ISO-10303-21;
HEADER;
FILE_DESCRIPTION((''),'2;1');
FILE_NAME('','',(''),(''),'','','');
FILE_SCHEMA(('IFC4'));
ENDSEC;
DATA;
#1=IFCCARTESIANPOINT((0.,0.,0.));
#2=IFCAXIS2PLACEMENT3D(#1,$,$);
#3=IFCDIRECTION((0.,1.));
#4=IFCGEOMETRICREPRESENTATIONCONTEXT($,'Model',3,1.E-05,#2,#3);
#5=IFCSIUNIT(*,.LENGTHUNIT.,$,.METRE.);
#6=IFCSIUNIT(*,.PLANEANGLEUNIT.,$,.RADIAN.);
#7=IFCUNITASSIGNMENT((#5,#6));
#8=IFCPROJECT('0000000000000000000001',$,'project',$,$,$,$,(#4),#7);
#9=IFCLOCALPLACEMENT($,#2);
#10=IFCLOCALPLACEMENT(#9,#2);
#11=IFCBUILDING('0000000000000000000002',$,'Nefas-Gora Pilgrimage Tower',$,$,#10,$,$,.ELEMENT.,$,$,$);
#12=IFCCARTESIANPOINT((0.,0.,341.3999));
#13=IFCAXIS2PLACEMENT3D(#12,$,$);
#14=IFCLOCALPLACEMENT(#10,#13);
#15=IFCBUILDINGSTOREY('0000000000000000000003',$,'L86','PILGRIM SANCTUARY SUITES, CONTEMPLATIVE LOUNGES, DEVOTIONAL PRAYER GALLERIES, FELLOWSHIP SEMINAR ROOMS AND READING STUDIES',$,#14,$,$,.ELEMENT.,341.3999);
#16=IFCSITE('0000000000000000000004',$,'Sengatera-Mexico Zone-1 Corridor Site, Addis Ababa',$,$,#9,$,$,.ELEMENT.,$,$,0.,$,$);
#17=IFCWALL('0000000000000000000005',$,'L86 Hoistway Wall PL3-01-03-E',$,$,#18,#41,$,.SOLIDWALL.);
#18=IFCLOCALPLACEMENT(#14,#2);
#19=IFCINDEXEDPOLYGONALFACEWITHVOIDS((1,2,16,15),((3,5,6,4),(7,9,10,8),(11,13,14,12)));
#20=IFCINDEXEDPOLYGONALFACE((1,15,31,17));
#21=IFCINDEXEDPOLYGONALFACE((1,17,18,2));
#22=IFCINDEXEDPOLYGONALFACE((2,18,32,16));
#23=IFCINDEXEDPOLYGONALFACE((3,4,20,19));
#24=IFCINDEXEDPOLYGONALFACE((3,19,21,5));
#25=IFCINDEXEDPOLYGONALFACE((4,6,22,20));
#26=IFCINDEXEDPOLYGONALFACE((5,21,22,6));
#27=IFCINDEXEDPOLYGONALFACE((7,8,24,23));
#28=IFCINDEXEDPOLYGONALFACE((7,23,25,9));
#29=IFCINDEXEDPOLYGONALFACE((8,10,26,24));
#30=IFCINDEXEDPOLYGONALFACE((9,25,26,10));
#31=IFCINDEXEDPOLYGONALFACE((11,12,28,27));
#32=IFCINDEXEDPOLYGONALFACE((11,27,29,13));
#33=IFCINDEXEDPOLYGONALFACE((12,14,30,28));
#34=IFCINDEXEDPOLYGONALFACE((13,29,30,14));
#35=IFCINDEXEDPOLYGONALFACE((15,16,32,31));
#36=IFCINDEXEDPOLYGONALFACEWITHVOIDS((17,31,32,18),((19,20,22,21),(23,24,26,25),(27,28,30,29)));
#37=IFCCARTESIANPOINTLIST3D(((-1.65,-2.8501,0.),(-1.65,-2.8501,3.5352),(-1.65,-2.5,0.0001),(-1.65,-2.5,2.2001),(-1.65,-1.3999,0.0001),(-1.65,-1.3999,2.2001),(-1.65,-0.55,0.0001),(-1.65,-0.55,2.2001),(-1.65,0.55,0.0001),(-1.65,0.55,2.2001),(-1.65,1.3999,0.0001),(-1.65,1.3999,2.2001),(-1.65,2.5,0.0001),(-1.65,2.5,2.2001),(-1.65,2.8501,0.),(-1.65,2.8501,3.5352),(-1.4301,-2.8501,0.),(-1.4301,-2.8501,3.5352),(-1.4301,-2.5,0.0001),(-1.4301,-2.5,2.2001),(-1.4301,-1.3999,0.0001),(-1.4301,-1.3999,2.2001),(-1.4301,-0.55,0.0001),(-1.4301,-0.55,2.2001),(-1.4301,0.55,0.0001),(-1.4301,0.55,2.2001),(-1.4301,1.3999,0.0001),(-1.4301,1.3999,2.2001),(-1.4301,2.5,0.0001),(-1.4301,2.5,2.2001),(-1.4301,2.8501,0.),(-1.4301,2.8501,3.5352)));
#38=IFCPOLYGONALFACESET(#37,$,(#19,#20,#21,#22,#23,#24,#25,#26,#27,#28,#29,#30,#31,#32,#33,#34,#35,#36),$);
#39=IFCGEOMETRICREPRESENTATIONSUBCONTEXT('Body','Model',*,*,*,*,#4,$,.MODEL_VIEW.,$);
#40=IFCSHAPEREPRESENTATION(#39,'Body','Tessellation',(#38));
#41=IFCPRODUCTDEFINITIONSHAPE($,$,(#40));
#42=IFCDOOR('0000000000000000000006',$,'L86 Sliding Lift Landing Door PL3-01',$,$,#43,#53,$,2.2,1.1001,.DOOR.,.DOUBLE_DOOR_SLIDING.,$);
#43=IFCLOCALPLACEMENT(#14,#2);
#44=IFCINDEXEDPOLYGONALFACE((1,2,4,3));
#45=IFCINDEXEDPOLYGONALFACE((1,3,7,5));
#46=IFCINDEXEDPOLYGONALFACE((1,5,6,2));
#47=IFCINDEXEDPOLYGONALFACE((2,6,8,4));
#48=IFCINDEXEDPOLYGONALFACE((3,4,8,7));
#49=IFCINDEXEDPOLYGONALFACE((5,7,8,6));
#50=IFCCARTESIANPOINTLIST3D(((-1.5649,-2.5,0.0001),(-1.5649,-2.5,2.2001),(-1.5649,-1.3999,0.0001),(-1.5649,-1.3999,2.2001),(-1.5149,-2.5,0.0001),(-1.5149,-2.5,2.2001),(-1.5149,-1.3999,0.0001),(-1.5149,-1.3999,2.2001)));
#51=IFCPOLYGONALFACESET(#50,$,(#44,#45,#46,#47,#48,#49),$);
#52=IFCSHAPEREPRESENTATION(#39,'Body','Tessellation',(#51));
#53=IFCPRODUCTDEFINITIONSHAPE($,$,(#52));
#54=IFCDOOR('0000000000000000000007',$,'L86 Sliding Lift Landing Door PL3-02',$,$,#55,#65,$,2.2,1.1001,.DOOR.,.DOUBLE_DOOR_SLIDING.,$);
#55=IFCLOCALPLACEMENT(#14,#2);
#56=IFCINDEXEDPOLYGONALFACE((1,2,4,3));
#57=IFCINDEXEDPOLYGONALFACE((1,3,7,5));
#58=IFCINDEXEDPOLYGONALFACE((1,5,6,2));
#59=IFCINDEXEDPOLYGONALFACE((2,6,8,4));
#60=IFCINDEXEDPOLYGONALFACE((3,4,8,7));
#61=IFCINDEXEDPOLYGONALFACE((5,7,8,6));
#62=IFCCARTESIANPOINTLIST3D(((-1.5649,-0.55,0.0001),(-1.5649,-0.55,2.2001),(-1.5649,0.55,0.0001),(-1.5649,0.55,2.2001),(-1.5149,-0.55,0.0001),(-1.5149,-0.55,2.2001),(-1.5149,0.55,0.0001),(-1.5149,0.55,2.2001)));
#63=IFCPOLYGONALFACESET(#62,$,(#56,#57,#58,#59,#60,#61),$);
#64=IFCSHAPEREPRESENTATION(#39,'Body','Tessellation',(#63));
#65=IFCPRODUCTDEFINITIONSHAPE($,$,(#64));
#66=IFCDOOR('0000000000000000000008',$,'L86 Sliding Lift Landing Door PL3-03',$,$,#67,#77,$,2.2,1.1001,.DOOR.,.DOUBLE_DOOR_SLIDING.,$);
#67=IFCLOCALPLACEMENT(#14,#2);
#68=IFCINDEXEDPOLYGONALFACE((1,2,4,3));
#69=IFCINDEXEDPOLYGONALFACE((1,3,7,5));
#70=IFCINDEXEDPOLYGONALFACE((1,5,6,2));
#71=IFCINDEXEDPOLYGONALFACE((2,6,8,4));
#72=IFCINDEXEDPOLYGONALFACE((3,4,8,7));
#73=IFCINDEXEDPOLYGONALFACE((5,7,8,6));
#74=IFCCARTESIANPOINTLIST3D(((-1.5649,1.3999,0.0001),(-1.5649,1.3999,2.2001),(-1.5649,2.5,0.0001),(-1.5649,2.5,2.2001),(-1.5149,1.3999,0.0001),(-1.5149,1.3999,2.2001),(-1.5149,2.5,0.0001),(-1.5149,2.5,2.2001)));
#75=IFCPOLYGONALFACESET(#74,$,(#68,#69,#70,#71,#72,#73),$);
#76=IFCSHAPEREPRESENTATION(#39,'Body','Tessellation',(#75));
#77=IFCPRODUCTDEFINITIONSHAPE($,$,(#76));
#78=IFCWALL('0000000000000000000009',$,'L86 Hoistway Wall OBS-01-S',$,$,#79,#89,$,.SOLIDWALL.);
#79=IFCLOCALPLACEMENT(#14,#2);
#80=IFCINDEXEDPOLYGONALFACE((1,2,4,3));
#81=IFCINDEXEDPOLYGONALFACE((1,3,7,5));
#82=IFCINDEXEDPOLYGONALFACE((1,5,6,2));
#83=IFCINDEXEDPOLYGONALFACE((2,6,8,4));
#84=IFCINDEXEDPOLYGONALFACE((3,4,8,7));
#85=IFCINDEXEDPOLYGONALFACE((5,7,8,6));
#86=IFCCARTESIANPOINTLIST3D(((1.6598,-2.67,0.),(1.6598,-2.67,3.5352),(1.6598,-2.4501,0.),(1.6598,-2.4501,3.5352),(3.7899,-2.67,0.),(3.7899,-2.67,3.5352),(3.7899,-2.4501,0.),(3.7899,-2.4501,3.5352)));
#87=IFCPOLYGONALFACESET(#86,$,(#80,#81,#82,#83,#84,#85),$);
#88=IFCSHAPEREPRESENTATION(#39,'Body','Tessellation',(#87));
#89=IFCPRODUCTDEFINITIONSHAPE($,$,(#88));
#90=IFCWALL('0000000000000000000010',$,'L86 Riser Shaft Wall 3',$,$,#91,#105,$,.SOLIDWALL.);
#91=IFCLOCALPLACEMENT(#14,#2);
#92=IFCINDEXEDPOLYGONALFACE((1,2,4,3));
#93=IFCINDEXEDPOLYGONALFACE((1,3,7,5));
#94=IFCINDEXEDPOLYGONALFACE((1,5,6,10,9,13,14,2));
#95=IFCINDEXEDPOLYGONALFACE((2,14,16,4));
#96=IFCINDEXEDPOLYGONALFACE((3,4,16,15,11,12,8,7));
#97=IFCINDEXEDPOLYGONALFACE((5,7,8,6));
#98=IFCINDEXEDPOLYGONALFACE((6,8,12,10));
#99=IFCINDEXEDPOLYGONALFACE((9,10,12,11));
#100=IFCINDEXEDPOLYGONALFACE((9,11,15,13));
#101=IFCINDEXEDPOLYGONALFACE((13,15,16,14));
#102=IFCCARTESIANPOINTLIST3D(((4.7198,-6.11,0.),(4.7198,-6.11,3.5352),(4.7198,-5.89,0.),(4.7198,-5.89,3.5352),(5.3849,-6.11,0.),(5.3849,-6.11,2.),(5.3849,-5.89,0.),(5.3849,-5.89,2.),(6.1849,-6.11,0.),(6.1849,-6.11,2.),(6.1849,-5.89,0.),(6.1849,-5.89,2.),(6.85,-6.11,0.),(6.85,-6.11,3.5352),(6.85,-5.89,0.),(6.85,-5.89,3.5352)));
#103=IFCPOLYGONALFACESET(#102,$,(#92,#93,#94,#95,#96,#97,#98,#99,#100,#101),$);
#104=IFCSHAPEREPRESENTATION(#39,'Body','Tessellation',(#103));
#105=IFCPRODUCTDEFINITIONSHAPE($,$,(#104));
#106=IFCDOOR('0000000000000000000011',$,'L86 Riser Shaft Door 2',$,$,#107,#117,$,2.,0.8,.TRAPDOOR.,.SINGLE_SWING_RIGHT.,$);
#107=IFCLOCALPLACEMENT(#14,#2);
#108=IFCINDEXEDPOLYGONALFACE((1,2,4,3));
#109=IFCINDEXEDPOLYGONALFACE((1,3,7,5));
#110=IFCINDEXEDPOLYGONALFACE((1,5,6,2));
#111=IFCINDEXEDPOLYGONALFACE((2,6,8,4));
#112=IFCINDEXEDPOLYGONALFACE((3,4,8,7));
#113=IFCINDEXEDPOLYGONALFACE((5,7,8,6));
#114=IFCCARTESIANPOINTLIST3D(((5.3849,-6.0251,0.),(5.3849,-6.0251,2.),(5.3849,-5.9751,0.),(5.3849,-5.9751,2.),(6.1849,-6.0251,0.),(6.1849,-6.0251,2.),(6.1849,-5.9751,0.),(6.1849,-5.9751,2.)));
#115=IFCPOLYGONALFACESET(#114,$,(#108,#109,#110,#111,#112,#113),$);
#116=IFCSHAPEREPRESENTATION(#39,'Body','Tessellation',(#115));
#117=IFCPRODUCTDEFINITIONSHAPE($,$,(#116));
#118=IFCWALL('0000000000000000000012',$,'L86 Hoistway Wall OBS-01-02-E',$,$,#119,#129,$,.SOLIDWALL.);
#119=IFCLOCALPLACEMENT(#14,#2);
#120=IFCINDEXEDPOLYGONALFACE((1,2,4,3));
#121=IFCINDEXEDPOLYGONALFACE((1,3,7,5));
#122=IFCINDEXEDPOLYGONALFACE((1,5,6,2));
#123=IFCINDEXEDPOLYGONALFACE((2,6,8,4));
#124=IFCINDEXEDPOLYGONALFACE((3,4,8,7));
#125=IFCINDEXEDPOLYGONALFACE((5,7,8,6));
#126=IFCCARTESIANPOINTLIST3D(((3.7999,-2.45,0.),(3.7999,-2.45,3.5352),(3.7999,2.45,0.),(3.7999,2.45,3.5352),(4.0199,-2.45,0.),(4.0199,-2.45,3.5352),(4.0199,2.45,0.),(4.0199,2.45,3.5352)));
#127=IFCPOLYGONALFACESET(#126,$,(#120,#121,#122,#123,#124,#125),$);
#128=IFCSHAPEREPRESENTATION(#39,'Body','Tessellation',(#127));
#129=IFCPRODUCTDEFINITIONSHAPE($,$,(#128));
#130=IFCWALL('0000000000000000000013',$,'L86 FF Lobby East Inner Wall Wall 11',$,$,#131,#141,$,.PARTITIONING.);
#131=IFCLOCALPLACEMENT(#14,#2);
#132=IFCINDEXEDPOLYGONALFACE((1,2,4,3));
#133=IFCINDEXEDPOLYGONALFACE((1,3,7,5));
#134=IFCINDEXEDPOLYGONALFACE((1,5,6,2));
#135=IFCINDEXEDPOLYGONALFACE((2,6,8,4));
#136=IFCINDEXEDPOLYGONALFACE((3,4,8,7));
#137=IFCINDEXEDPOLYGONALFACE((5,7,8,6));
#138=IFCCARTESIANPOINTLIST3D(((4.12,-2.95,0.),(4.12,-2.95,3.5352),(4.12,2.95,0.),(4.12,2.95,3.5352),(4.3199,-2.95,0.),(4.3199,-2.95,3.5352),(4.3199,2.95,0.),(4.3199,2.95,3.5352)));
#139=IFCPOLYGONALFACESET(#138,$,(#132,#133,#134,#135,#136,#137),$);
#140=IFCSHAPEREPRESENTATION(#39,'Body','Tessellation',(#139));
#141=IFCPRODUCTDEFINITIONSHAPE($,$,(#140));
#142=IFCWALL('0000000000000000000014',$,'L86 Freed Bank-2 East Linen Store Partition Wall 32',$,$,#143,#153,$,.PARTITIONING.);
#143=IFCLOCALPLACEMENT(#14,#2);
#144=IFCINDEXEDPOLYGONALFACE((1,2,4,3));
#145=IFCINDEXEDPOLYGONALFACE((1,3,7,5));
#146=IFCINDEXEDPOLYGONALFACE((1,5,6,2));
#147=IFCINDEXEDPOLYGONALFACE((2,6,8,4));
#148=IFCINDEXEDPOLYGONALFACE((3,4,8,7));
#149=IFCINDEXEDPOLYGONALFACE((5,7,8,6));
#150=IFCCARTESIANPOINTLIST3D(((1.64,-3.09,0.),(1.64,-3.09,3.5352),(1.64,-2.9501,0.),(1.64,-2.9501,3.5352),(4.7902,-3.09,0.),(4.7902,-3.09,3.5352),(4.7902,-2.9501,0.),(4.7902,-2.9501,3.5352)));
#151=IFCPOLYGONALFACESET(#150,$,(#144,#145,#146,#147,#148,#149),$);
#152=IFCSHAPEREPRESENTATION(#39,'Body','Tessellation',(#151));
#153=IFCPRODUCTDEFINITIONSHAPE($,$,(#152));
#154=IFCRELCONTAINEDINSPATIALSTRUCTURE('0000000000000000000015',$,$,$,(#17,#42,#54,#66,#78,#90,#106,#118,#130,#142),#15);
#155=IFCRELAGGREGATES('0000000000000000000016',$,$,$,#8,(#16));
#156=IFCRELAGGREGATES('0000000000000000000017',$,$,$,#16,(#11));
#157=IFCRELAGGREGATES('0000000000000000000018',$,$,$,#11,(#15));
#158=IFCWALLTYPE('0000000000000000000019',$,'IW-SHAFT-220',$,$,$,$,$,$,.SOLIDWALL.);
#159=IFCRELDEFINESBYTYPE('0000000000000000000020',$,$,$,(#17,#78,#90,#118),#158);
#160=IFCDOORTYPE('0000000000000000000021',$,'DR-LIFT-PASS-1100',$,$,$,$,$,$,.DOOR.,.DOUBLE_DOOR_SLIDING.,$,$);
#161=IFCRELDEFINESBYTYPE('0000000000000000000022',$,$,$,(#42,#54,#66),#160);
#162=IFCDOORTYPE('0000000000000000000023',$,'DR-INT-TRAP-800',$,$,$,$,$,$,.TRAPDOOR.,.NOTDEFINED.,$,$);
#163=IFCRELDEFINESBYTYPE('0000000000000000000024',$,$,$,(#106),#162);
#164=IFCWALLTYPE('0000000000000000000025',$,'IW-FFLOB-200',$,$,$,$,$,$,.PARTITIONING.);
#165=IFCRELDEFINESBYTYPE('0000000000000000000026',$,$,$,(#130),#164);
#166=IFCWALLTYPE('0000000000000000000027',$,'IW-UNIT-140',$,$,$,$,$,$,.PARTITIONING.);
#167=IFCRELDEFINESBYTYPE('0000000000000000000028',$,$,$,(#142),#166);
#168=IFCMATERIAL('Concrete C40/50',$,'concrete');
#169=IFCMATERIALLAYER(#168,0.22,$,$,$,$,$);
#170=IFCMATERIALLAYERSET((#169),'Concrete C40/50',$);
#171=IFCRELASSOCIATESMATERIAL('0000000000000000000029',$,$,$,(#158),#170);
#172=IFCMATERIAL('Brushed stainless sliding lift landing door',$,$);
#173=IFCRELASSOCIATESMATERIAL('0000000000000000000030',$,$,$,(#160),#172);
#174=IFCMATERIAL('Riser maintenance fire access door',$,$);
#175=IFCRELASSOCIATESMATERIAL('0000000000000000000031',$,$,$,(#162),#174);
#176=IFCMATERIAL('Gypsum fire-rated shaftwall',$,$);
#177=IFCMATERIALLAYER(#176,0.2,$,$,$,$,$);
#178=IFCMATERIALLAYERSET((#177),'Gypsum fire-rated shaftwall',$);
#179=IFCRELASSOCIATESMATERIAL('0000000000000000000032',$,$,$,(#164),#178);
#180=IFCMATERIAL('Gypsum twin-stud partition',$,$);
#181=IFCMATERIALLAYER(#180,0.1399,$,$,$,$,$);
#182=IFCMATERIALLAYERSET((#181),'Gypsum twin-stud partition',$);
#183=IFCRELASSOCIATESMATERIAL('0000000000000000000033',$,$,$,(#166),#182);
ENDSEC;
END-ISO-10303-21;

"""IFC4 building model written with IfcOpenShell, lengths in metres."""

from ifc_helpers import new_model, si_unit, direction, frame, frame_2d, origin, place, context, subcontext, project, spatial, rectangle, extrude, source, transform, mapped, material, layer, layer_set, type_object, element, fill, save


model = new_model("IFC4")

# Units and contexts
model_context = context("Model", 3, precision=1e-05, world=origin(), true_north=direction((0.0, 1.0)))
body_context = subcontext(model_context, "Body", "Model", "MODEL_VIEW")
ifc_project = project(units=[si_unit("LENGTHUNIT", "METRE"), si_unit("PLANEANGLEUNIT", "RADIAN")], contexts=[model_context])

# Site, building, storey
site_placement = place(None, origin())
site = spatial("IfcSite", under=ifc_project, at=site_placement, Name="Sengatera-Mexico Zone-1 Corridor Site, Addis Ababa", CompositionType="ELEMENT", RefElevation=0.0)
building_placement = place(site_placement, origin())
building = spatial("IfcBuilding", under=site, at=building_placement, Name="Nefas-Gora Pilgrimage Tower", CompositionType="ELEMENT")
storey_placement = place(building_placement, frame((0.0, 0.0, 341.3999)))
storey = spatial("IfcBuildingStorey", under=building, at=storey_placement, Name="L86", Description="PILGRIM SANCTUARY SUITES, CONTEMPLATIVE LOUNGES, DEVOTIONAL PRAYER GALLERIES, FELLOWSHIP SEMINAR ROOMS AND READING STUDIES", CompositionType="ELEMENT", Elevation=341.3999)

# Shared definitions
ifc_material_1 = material(Name="Concrete C40/50", Category="concrete")
ifc_layer_1 = layer(ifc_material_1, 0.22)
ifc_layer_set_1 = layer_set([ifc_layer_1], Name="Concrete C40/50")
wall_type_1 = type_object("IfcWallType", Name="IW-SHAFT-220", PredefinedType="SOLIDWALL", material=ifc_layer_set_1)

# Wall, openings, doors
shared_shape_1 = source(origin(), body_context, "Body", "SweptSolid", [
    extrude(rectangle(XDim=5.7002, YDim=0.22, at=frame_2d((2.8501, 0.0))), origin(), (0.0, 0.0, 1.0), 3.5352),
])
wall_1_placement = place(storey_placement, frame((-1.54, -2.8501, 0.0), z_axis=(0.0, 0.0, 1.0), x_axis=(0.0, 1.0, 0.0)))
wall_1 = element("IfcWall", 1, at=wall_1_placement, inside=storey, type_object=wall_type_1, Name="L86 Hoistway Wall PL3-01-03-E", PredefinedType="SOLIDWALL", context=body_context, shape_type="MappedRepresentation", body=[
    mapped(shared_shape_1, transform((0.0, 0.0, 0.0), x_axis=(1.0, 0.0, 0.0), y_axis=(0.0, 1.0, 0.0), z_axis=(0.0, 0.0, 1.0), scale=1.0)),
])
opening_1_placement = place(wall_1_placement, frame((0.3501, 0.0, 0.0)))
opening_1 = element("IfcOpeningElement", 2, at=opening_1_placement, cuts=wall_1, PredefinedType="OPENING", context=body_context, shape_type="SweptSolid", body=[
    extrude(rectangle(XDim=1.1001, YDim=2.2, at=frame_2d((0.55, 1.1001))), frame((0.0, 0.1199, 0.0), z_axis=(0.0, -1.0, 0.0), x_axis=(1.0, 0.0, 0.0)), (0.0, 0.0, 1.0), 0.24),
])
opening_2_placement = place(wall_1_placement, frame((2.3, 0.0, 0.0)))
opening_2 = element("IfcOpeningElement", 3, at=opening_2_placement, cuts=wall_1, PredefinedType="OPENING", context=body_context, shape_type="SweptSolid", body=[
    extrude(rectangle(XDim=1.1001, YDim=2.2, at=frame_2d((0.55, 1.1001))), frame((0.0, 0.1199, 0.0), z_axis=(0.0, -1.0, 0.0), x_axis=(1.0, 0.0, 0.0)), (0.0, 0.0, 1.0), 0.24),
])
opening_3_placement = place(wall_1_placement, frame((4.25, 0.0, 0.0)))
opening_3 = element("IfcOpeningElement", 4, at=opening_3_placement, cuts=wall_1, PredefinedType="OPENING", context=body_context, shape_type="SweptSolid", body=[
    extrude(rectangle(XDim=1.1001, YDim=2.2, at=frame_2d((0.55, 1.1001))), frame((0.0, 0.1199, 0.0), z_axis=(0.0, -1.0, 0.0), x_axis=(1.0, 0.0, 0.0)), (0.0, 0.0, 1.0), 0.24),
])
ifc_material_2 = material(Name="Brushed stainless sliding lift landing door")
door_type_1 = type_object("IfcDoorType", Name="DR-LIFT-PASS-1100", OperationType="DOUBLE_DOOR_SLIDING", PredefinedType="DOOR", material=ifc_material_2)
shared_shape_2 = source(origin(), body_context, "Body", "SweptSolid", [
    extrude(rectangle(XDim=1.1001, YDim=2.2, at=frame_2d((0.55, 1.1001))), frame((0.0, 0.0249, 0.0), z_axis=(0.0, -1.0, 0.0), x_axis=(1.0, 0.0, 0.0)), (0.0, 0.0, 1.0), 0.05),
])
door_1_placement = place(opening_1_placement, origin())
door_1 = element("IfcDoor", 5, at=door_1_placement, inside=storey, type_object=door_type_1, Name="L86 Sliding Lift Landing Door PL3-01", OperationType="DOUBLE_DOOR_SLIDING", OverallHeight=2.2, OverallWidth=1.1001, PredefinedType="DOOR", context=body_context, shape_type="MappedRepresentation", body=[
    mapped(shared_shape_2, transform((0.0, 0.0, 0.0), x_axis=(1.0, 0.0, 0.0), y_axis=(0.0, 1.0, 0.0), z_axis=(0.0, 0.0, 1.0), scale=1.0)),
])
fill(opening_1, door_1)
door_2_placement = place(opening_2_placement, origin())
door_2 = element("IfcDoor", 6, at=door_2_placement, inside=storey, type_object=door_type_1, Name="L86 Sliding Lift Landing Door PL3-02", OperationType="DOUBLE_DOOR_SLIDING", OverallHeight=2.2, OverallWidth=1.1001, PredefinedType="DOOR", context=body_context, shape_type="MappedRepresentation", body=[
    mapped(shared_shape_2, transform((0.0, 0.0, 0.0), x_axis=(1.0, 0.0, 0.0), y_axis=(0.0, 1.0, 0.0), z_axis=(0.0, 0.0, 1.0), scale=1.0)),
])
fill(opening_2, door_2)
door_3_placement = place(opening_3_placement, origin())
door_3 = element("IfcDoor", 7, at=door_3_placement, inside=storey, type_object=door_type_1, Name="L86 Sliding Lift Landing Door PL3-03", OperationType="DOUBLE_DOOR_SLIDING", OverallHeight=2.2, OverallWidth=1.1001, PredefinedType="DOOR", context=body_context, shape_type="MappedRepresentation", body=[
    mapped(shared_shape_2, transform((0.0, 0.0, 0.0), x_axis=(1.0, 0.0, 0.0), y_axis=(0.0, 1.0, 0.0), z_axis=(0.0, 0.0, 1.0), scale=1.0)),
])
fill(opening_3, door_3)

# Wall
shared_shape_3 = source(origin(), body_context, "Body", "SweptSolid", [
    extrude(rectangle(XDim=2.1301, YDim=0.22, at=frame_2d((1.0649, 0.0))), origin(), (0.0, 0.0, 1.0), 3.5352),
])
wall_2_placement = place(storey_placement, frame((1.6599, -2.5601, 0.0), z_axis=(0.0, 0.0, 1.0), x_axis=(1.0, 0.0, 0.0)))
element("IfcWall", 8, at=wall_2_placement, inside=storey, type_object=wall_type_1, Name="L86 Hoistway Wall OBS-01-S", PredefinedType="SOLIDWALL", context=body_context, shape_type="MappedRepresentation", body=[
    mapped(shared_shape_3, transform((0.0, 0.0, 0.0), x_axis=(1.0, 0.0, 0.0), y_axis=(0.0, 1.0, 0.0), z_axis=(0.0, 0.0, 1.0), scale=1.0)),
])

# Wall, opening, door
wall_3_placement = place(storey_placement, frame((4.72, -6.0, 0.0), z_axis=(0.0, 0.0, 1.0), x_axis=(1.0, 0.0, 0.0)))
wall_3 = element("IfcWall", 9, at=wall_3_placement, inside=storey, type_object=wall_type_1, Name="L86 Riser Shaft Wall 3", PredefinedType="SOLIDWALL", context=body_context, shape_type="MappedRepresentation", body=[
    mapped(shared_shape_3, transform((0.0, 0.0, 0.0), x_axis=(1.0, 0.0, 0.0), y_axis=(0.0, 1.0, 0.0), z_axis=(0.0, 0.0, 1.0), scale=1.0)),
])
opening_4_placement = place(wall_3_placement, frame((0.665, 0.0, 0.0)))
opening_4 = element("IfcOpeningElement", 10, at=opening_4_placement, cuts=wall_3, PredefinedType="OPENING", context=body_context, shape_type="SweptSolid", body=[
    extrude(rectangle(XDim=0.8, YDim=2.0, at=frame_2d((0.3999, 1.0))), frame((0.0, 0.1199, 0.0), z_axis=(0.0, -1.0, 0.0), x_axis=(1.0, 0.0, 0.0)), (0.0, 0.0, 1.0), 0.24),
])
ifc_material_3 = material(Name="Riser maintenance fire access door")
door_type_2 = type_object("IfcDoorType", Name="DR-INT-TRAP-800", OperationType="NOTDEFINED", PredefinedType="TRAPDOOR", material=ifc_material_3)
shared_shape_4 = source(origin(), body_context, "Body", "SweptSolid", [
    extrude(rectangle(XDim=0.8, YDim=2.0, at=frame_2d((0.3999, 1.0))), frame((0.0, 0.0249, 0.0), z_axis=(0.0, -1.0, 0.0), x_axis=(1.0, 0.0, 0.0)), (0.0, 0.0, 1.0), 0.05),
])
door_4_placement = place(opening_4_placement, origin())
door_4 = element("IfcDoor", 11, at=door_4_placement, inside=storey, type_object=door_type_2, Name="L86 Riser Shaft Door 2", OperationType="SINGLE_SWING_RIGHT", OverallHeight=2.0, OverallWidth=0.8, PredefinedType="TRAPDOOR", context=body_context, shape_type="MappedRepresentation", body=[
    mapped(shared_shape_4, transform((0.0, 0.0, 0.0), x_axis=(1.0, 0.0, 0.0), y_axis=(0.0, 1.0, 0.0), z_axis=(0.0, 0.0, 1.0), scale=1.0)),
])
fill(opening_4, door_4)

# Walls
shared_shape_5 = source(origin(), body_context, "Body", "SweptSolid", [
    extrude(rectangle(XDim=4.8999, YDim=0.22, at=frame_2d((2.45, 0.0))), origin(), (0.0, 0.0, 1.0), 3.5352),
])
wall_4_placement = place(storey_placement, frame((3.9099, -2.45, 0.0), z_axis=(0.0, 0.0, 1.0), x_axis=(0.0, 1.0, 0.0)))
element("IfcWall", 12, at=wall_4_placement, inside=storey, type_object=wall_type_1, Name="L86 Hoistway Wall OBS-01-02-E", PredefinedType="SOLIDWALL", context=body_context, shape_type="MappedRepresentation", body=[
    mapped(shared_shape_5, transform((0.0, 0.0, 0.0), x_axis=(1.0, 0.0, 0.0), y_axis=(0.0, 1.0, 0.0), z_axis=(0.0, 0.0, 1.0), scale=1.0)),
])
ifc_material_4 = material(Name="Gypsum fire-rated shaftwall")
ifc_layer_2 = layer(ifc_material_4, 0.2)
ifc_layer_set_2 = layer_set([ifc_layer_2], Name="Gypsum fire-rated shaftwall")
wall_type_2 = type_object("IfcWallType", Name="IW-FFLOB-200", PredefinedType="PARTITIONING", material=ifc_layer_set_2)
shared_shape_6 = source(origin(), body_context, "Body", "SweptSolid", [
    extrude(rectangle(XDim=5.8999, YDim=0.2, at=frame_2d((2.95, 0.0))), origin(), (0.0, 0.0, 1.0), 3.5352),
])
wall_5_placement = place(storey_placement, frame((4.22, -2.95, 0.0), z_axis=(0.0, 0.0, 1.0), x_axis=(0.0, 1.0, 0.0)))
element("IfcWall", 13, at=wall_5_placement, inside=storey, type_object=wall_type_2, Name="L86 FF Lobby East Inner Wall Wall 11", PredefinedType="PARTITIONING", context=body_context, shape_type="MappedRepresentation", body=[
    mapped(shared_shape_6, transform((0.0, 0.0, 0.0), x_axis=(1.0, 0.0, 0.0), y_axis=(0.0, 1.0, 0.0), z_axis=(0.0, 0.0, 1.0), scale=1.0)),
])
ifc_material_5 = material(Name="Gypsum twin-stud partition")
ifc_layer_3 = layer(ifc_material_5, 0.1399)
ifc_layer_set_3 = layer_set([ifc_layer_3], Name="Gypsum twin-stud partition")
wall_type_3 = type_object("IfcWallType", Name="IW-UNIT-140", PredefinedType="PARTITIONING", material=ifc_layer_set_3)
shared_shape_7 = source(origin(), body_context, "Body", "SweptSolid", [
    extrude(rectangle(XDim=3.1501, YDim=0.1399, at=frame_2d((1.5752, 0.0))), origin(), (0.0, 0.0, 1.0), 3.5352),
])
for number, where, z_axis, x_axis, name in (
    (14, (1.6399, -3.02, 0.0), (0.0, 0.0, 1.0), (1.0, 0.0, 0.0), "L86 Freed Bank-2 East Linen Store Partition Wall 32"),
):
    element("IfcWall", number, at=place(storey_placement, frame(where, z_axis=z_axis, x_axis=x_axis)), inside=storey, type_object=wall_type_3, Name=name, PredefinedType="PARTITIONING", context=body_context, shape_type="MappedRepresentation", body=[
        mapped(shared_shape_7, transform((0.0, 0.0, 0.0), x_axis=(1.0, 0.0, 0.0), y_axis=(0.0, 1.0, 0.0), z_axis=(0.0, 0.0, 1.0), scale=1.0)),
    ])

save(model, "model.ifc")
